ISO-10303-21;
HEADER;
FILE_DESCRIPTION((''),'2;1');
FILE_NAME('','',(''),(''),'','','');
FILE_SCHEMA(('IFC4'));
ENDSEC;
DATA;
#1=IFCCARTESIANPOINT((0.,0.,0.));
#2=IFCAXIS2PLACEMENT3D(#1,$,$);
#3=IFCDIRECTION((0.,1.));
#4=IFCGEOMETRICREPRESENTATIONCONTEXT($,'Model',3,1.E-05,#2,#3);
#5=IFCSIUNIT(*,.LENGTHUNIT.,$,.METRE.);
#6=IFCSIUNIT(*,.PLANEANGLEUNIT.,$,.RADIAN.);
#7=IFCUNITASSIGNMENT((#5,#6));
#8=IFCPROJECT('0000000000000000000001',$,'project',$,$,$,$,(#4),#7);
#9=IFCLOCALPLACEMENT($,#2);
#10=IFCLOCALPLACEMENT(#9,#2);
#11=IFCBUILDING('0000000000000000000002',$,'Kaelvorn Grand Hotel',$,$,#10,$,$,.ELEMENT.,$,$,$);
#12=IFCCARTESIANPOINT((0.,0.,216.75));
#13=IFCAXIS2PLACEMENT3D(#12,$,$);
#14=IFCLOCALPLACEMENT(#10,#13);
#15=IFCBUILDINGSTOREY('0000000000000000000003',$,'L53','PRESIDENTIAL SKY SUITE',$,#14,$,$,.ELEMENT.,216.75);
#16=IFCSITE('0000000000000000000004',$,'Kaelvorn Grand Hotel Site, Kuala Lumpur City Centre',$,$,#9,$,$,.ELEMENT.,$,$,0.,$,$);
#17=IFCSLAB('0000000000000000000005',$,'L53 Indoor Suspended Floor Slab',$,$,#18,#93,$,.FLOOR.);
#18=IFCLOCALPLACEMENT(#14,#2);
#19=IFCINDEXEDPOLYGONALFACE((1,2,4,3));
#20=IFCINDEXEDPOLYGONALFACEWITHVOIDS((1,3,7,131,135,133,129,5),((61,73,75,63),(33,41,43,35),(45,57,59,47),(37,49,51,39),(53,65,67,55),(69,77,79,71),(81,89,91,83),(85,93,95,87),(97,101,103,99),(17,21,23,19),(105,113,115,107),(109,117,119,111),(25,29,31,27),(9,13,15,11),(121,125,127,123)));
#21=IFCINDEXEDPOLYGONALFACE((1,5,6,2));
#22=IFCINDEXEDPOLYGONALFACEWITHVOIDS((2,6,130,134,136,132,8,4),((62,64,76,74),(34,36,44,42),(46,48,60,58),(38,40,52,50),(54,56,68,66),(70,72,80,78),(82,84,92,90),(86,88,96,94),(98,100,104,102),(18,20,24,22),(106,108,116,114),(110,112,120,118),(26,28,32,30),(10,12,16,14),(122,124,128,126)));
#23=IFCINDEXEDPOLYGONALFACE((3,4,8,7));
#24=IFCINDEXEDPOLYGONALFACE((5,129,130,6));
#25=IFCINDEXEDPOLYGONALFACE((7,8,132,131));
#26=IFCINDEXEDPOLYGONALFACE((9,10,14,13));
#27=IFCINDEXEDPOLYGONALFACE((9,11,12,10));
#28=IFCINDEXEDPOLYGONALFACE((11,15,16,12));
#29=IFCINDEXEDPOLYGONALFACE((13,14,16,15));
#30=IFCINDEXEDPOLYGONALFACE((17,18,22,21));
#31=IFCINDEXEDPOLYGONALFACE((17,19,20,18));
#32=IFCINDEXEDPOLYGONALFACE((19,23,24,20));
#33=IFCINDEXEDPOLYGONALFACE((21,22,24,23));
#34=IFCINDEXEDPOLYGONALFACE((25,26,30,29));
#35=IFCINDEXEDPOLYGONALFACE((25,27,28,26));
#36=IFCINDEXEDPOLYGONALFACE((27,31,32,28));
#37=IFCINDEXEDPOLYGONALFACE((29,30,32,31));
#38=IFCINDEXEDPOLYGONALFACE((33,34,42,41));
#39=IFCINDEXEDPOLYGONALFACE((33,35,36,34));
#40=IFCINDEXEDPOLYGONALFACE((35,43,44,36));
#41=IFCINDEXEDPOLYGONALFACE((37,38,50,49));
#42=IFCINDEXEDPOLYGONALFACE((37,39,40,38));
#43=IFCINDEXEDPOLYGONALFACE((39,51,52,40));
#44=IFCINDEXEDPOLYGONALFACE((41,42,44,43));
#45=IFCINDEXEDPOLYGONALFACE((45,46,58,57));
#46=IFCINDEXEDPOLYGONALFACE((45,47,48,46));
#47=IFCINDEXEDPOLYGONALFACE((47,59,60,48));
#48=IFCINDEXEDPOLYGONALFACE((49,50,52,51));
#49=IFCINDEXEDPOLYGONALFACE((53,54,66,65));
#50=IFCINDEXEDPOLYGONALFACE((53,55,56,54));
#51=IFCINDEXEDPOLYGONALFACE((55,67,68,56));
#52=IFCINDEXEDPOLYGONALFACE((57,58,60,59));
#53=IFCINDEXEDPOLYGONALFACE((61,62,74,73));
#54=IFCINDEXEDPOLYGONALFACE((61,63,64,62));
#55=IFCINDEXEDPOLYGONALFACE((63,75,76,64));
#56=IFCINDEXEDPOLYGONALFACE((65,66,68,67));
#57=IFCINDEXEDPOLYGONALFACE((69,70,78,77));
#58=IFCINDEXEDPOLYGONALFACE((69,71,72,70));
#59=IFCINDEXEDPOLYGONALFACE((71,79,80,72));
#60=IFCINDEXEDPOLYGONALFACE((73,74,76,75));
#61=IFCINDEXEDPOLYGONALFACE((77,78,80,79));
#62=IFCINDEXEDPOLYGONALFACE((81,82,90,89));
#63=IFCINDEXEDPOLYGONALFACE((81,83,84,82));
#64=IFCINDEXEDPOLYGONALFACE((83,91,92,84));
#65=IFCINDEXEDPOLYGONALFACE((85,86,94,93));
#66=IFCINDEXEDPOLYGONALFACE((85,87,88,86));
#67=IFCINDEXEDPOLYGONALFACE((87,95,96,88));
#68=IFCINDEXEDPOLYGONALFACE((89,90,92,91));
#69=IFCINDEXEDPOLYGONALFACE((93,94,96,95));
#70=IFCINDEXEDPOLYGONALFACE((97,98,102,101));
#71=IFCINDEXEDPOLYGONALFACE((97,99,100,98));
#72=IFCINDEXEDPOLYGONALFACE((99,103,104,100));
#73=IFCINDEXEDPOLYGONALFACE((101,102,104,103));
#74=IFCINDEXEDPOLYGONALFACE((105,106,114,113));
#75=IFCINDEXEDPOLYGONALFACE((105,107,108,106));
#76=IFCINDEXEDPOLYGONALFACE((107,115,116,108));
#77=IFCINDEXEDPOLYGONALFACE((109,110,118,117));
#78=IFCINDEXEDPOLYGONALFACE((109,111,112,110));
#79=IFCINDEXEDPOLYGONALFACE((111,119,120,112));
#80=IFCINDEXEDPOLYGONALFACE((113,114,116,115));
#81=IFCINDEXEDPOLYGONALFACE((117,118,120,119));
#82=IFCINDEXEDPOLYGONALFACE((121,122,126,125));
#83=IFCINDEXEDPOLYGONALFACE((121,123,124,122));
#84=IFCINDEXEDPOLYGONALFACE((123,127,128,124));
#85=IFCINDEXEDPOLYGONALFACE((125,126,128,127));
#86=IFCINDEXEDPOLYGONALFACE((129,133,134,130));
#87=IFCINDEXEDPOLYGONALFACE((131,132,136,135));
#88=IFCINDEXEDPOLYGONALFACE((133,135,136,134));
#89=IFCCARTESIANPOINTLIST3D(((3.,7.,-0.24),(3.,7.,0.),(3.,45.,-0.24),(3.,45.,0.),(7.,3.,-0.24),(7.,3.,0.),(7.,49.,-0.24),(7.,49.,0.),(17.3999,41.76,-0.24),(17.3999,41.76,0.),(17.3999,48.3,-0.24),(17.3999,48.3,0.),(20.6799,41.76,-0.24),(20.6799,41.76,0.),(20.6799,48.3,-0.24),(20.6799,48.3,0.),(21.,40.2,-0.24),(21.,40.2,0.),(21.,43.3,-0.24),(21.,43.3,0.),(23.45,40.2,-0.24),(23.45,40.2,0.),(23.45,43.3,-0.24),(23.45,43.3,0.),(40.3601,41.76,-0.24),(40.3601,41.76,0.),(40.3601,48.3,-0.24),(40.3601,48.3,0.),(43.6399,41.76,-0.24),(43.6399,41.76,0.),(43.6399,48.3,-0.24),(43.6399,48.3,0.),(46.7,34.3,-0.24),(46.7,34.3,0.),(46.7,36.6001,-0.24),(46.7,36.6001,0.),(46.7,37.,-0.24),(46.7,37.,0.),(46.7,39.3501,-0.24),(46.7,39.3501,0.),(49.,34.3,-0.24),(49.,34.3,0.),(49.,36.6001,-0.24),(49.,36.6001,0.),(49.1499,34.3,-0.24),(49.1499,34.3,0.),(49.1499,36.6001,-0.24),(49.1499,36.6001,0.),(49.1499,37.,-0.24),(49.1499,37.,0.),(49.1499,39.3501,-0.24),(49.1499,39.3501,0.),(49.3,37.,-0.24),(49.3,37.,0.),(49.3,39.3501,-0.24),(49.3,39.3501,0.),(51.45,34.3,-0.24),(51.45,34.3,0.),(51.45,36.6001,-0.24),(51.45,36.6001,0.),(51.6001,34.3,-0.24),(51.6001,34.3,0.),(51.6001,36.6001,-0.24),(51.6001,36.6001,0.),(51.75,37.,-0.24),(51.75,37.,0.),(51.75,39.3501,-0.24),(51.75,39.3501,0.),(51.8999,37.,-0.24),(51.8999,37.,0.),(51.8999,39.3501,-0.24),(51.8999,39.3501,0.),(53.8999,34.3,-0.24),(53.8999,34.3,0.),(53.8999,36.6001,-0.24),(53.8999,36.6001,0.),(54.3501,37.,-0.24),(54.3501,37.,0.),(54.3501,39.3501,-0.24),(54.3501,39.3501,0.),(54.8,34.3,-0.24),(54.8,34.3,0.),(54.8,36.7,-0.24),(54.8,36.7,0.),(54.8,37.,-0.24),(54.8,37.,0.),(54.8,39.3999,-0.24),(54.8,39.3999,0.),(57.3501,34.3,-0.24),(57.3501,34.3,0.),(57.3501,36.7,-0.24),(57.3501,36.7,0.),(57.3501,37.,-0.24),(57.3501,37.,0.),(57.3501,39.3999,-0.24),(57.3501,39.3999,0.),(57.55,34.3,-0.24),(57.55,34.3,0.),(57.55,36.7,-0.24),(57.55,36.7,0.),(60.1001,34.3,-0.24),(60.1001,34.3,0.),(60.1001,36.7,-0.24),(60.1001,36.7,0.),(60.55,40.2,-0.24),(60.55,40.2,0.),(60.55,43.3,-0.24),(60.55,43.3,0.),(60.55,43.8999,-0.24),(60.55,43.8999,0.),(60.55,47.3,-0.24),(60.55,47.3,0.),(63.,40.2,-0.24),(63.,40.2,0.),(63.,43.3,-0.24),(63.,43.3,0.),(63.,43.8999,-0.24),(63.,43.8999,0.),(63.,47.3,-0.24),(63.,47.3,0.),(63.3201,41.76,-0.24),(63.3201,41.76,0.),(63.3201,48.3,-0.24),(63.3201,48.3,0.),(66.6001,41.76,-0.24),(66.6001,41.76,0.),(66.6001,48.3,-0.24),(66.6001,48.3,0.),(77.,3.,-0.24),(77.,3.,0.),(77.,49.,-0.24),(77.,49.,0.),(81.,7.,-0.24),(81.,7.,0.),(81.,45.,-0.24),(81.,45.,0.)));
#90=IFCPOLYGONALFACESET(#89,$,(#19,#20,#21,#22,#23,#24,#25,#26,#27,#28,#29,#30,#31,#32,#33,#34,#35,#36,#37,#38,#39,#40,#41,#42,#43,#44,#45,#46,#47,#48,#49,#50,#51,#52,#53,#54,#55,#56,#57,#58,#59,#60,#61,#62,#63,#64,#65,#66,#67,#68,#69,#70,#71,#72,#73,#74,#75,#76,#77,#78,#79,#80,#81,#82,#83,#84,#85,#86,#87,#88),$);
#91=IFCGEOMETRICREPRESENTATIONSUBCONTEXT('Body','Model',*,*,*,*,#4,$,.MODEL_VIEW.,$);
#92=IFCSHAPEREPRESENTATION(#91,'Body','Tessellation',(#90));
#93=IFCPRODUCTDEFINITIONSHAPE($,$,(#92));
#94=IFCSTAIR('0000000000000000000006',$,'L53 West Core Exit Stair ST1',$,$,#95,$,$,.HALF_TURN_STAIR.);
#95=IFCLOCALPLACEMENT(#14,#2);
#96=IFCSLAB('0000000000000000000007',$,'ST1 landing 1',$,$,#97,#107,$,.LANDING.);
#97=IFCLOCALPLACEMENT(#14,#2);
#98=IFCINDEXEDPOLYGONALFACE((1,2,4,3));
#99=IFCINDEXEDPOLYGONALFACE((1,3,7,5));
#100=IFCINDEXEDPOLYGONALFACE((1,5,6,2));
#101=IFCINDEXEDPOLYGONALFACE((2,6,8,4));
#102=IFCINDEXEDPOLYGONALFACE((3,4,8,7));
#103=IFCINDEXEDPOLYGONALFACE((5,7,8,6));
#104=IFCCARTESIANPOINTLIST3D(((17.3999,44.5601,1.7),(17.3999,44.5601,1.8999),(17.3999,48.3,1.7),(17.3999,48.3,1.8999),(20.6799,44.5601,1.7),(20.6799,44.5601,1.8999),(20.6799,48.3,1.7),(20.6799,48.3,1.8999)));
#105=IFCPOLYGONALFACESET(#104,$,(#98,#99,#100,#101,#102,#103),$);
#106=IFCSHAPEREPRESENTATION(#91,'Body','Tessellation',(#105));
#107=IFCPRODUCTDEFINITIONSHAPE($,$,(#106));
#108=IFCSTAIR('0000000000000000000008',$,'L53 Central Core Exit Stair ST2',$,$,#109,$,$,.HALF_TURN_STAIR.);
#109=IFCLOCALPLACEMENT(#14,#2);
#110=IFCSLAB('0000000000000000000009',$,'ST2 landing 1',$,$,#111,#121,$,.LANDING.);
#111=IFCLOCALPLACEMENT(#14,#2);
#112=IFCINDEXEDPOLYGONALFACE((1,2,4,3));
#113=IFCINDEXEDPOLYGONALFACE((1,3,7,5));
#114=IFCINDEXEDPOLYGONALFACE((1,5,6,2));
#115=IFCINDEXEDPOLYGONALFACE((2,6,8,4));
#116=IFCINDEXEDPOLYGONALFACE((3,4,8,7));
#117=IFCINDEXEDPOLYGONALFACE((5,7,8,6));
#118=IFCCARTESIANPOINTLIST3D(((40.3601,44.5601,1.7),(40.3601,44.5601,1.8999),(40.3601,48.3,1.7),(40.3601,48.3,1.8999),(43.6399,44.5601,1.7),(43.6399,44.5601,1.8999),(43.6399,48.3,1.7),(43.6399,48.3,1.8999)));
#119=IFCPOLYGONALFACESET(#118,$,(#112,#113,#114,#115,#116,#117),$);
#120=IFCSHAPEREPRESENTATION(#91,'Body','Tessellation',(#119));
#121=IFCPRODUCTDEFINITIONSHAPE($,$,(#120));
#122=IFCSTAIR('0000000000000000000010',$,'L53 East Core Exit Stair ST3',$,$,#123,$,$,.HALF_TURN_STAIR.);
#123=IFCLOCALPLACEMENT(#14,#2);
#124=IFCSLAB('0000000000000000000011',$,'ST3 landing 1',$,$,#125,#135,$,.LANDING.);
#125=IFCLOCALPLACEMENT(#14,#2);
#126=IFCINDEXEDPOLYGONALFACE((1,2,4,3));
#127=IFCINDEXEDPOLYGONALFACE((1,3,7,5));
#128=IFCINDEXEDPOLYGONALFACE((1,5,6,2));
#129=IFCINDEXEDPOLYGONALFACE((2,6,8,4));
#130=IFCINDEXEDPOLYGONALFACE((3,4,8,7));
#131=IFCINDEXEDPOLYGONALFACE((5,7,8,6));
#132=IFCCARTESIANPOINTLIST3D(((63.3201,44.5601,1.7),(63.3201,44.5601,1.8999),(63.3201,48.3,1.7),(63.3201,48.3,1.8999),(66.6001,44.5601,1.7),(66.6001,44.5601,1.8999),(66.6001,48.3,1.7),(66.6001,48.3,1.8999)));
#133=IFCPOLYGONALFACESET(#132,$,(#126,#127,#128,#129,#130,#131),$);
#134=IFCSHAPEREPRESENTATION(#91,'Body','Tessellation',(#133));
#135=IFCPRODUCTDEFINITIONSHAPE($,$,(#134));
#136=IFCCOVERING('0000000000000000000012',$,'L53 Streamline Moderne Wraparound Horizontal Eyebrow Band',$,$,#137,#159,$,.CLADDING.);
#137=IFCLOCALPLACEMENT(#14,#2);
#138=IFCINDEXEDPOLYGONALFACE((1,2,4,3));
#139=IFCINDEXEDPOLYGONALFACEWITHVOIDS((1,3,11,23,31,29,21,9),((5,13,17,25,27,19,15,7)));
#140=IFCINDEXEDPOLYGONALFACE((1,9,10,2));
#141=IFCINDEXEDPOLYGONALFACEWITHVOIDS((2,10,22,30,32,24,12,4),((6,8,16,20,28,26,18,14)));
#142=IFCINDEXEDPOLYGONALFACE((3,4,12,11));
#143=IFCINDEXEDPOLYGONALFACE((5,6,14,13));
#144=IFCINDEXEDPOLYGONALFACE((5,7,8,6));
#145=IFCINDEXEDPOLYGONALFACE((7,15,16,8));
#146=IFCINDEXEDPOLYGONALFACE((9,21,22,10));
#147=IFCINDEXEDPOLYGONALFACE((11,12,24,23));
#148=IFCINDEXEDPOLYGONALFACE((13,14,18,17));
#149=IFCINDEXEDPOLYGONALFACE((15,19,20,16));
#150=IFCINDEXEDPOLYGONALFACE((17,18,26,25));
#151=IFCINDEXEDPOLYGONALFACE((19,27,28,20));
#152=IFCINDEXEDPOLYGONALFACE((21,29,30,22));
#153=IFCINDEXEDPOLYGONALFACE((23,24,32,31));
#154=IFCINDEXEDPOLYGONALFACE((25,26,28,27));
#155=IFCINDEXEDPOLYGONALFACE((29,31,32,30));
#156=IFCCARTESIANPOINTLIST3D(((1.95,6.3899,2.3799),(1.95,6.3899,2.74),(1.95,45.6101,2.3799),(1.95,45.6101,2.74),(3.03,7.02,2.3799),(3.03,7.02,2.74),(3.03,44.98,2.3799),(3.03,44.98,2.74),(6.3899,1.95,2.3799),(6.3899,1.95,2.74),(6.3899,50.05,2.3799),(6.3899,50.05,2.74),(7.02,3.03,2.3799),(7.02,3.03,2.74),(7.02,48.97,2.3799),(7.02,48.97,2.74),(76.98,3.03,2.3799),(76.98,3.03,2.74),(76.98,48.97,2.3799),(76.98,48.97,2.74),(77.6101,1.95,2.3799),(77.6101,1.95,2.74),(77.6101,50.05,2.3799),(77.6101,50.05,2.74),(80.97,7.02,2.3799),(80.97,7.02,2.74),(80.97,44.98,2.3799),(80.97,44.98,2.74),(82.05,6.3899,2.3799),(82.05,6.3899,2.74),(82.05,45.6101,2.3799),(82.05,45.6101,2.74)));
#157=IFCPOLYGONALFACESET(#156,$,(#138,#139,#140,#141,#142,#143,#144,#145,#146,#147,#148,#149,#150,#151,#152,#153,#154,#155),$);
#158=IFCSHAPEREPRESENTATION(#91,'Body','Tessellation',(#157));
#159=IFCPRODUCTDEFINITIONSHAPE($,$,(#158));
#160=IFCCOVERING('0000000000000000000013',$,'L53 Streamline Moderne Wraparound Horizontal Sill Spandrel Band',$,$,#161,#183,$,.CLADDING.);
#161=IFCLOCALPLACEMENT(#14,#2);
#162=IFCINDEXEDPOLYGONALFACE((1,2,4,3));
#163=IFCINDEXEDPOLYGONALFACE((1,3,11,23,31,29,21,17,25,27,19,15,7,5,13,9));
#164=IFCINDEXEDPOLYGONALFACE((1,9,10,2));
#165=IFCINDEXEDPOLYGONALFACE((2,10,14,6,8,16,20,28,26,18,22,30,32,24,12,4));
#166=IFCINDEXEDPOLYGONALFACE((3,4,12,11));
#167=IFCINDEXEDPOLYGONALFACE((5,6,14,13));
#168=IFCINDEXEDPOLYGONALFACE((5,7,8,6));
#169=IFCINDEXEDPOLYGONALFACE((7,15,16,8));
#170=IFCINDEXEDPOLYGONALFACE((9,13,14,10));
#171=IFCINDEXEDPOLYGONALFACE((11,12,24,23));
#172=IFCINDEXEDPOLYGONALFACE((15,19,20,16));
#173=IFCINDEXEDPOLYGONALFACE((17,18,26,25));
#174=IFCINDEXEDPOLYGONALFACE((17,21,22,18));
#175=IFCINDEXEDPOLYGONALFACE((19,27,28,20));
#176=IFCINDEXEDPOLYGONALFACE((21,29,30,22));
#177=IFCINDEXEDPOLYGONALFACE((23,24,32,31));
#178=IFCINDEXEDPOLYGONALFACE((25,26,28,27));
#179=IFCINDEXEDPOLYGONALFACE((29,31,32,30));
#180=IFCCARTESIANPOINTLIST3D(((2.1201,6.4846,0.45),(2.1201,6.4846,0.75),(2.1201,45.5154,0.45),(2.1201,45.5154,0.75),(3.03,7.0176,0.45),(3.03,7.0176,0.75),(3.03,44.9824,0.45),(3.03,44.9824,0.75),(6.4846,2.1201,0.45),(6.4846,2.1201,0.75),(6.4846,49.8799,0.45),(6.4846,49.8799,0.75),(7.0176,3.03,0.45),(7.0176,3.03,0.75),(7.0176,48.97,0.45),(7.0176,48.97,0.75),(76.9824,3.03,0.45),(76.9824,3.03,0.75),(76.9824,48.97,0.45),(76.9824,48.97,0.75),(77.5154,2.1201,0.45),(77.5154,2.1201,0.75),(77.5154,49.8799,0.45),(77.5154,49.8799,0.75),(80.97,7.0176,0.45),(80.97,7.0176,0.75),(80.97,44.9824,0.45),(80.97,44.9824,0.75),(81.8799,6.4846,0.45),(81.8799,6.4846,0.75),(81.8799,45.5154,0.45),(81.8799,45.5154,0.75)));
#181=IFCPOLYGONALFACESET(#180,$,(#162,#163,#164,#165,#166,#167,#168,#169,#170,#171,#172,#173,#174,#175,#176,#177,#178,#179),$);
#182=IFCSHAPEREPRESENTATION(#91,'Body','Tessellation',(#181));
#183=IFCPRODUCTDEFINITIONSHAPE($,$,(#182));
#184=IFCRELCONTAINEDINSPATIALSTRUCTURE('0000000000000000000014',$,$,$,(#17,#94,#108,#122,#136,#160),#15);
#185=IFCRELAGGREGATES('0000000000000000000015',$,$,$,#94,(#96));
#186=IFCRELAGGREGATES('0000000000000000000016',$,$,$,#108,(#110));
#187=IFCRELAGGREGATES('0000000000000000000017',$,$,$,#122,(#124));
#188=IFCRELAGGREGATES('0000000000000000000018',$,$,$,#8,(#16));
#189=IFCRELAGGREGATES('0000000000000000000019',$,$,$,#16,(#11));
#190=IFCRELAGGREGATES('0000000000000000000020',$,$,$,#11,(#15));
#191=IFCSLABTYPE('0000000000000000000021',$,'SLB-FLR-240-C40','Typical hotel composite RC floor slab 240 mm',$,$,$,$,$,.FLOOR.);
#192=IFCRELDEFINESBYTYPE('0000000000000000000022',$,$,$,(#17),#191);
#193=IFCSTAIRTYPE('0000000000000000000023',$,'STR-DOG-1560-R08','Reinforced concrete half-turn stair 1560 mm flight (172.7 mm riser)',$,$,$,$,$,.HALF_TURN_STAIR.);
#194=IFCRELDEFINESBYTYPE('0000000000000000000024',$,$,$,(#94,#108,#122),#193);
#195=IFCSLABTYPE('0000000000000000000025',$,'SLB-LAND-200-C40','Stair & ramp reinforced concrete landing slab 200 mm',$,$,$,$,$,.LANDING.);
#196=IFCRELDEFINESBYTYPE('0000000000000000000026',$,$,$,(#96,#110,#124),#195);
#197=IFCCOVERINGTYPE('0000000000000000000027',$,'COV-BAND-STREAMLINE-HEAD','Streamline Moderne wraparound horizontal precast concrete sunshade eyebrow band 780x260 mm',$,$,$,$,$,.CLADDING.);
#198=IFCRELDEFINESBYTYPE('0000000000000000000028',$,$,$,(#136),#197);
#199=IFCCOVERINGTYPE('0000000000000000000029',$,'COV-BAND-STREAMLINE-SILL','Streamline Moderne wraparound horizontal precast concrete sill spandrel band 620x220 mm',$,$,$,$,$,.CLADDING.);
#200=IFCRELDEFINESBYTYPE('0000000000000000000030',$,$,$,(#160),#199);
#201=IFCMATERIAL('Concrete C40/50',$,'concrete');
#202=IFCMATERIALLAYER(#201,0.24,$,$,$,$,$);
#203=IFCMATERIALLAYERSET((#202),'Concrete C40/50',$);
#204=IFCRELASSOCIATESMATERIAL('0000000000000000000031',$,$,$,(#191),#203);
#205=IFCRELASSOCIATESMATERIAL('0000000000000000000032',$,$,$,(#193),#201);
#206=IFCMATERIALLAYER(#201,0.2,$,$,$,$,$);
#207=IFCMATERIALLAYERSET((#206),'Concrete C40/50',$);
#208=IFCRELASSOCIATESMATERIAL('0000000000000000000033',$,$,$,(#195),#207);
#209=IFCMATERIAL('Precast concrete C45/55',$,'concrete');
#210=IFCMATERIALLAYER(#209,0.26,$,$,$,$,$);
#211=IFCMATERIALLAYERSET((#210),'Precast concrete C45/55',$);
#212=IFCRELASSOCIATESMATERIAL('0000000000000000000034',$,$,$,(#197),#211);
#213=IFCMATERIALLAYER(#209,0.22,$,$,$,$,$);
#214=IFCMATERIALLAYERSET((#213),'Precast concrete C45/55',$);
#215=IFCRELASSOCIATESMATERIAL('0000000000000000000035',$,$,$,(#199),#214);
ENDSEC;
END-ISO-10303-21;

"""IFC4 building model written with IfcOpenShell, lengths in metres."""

from ifc_helpers import new_model, si_unit, direction, frame, origin, place, context, subcontext, project, spatial, polyline, outline, extrude, material, layer, layer_set, type_object, element, aggregate, save


model = new_model("IFC4")

# Units and contexts
model_context = context("Model", 3, precision=1e-05, world=origin(), true_north=direction((0.0, 1.0)))
body_context = subcontext(model_context, "Body", "Model", "MODEL_VIEW")
ifc_project = project(units=[si_unit("LENGTHUNIT", "METRE"), si_unit("PLANEANGLEUNIT", "RADIAN")], contexts=[model_context])

# Site, building, storey
site_placement = place(None, origin())
site = spatial("IfcSite", under=ifc_project, at=site_placement, Name="Kaelvorn Grand Hotel Site, Kuala Lumpur City Centre", CompositionType="ELEMENT", RefElevation=0.0)
building_placement = place(site_placement, origin())
building = spatial("IfcBuilding", under=site, at=building_placement, Name="Kaelvorn Grand Hotel", CompositionType="ELEMENT")
storey_placement = place(building_placement, frame((0.0, 0.0, 216.75)))
storey = spatial("IfcBuildingStorey", under=building, at=storey_placement, Name="L53", Description="PRESIDENTIAL SKY SUITE", CompositionType="ELEMENT", Elevation=216.75)

# Slab
ifc_material_1 = material(Name="Concrete C40/50", Category="concrete")
ifc_layer_1 = layer(ifc_material_1, 0.24)
ifc_layer_set_1 = layer_set([ifc_layer_1], Name="Concrete C40/50")
slab_type_1 = type_object("IfcSlabType", Name="SLB-FLR-240-C40", Description="Typical hotel composite RC floor slab 240 mm", PredefinedType="FLOOR", material=ifc_layer_set_1)
slab_1_placement = place(storey_placement, frame((0.0, 0.0, -0.24)))
element("IfcSlab", 1, at=slab_1_placement, inside=storey, type_object=slab_type_1, Name="L53 Indoor Suspended Floor Slab", PredefinedType="FLOOR", context=body_context, shape_type="SweptSolid", body=[
    extrude(outline(polyline([(7.0, 3.0), (77.0, 3.0), (81.0, 7.0), (81.0, 45.0), (77.0, 49.0), (7.0, 49.0), (3.0, 45.0), (3.0, 7.0), (7.0, 3.0)]), holes=[polyline([(17.3999, 41.76), (17.3999, 48.3), (20.6799, 48.3), (20.6799, 41.76), (17.3999, 41.76)]), polyline([(40.3601, 41.76), (40.3601, 48.3), (43.6399, 48.3), (43.6399, 41.76), (40.3601, 41.76)]), polyline([(63.3201, 41.76), (63.3201, 48.3), (66.6001, 48.3), (66.6001, 41.76), (63.3201, 41.76)]), polyline([(46.7, 34.3), (46.7, 36.6001), (49.0, 36.6001), (49.0, 34.3), (46.7, 34.3)]), polyline([(49.1499, 34.3), (49.1499, 36.6001), (51.45, 36.6001), (51.45, 34.3), (49.1499, 34.3)]), polyline([(51.6001, 34.3), (51.6001, 36.6001), (53.8999, 36.6001), (53.8999, 34.3), (51.6001, 34.3)]), polyline([(46.7, 37.0), (46.7, 39.3501), (49.1499, 39.3501), (49.1499, 37.0), (46.7, 37.0)]), polyline([(49.3, 37.0), (49.3, 39.3501), (51.75, 39.3501), (51.75, 37.0), (49.3, 37.0)]), polyline([(51.8999, 37.0), (51.8999, 39.3501), (54.3501, 39.3501), (54.3501, 37.0), (51.8999, 37.0)]), polyline([(54.8, 34.3), (54.8, 36.7), (57.3501, 36.7), (57.3501, 34.3), (54.8, 34.3)]), polyline([(57.55, 34.3), (57.55, 36.7), (60.1001, 36.7), (60.1001, 34.3), (57.55, 34.3)]), polyline([(54.8, 37.0), (54.8, 39.3999), (57.3501, 39.3999), (57.3501, 37.0), (54.8, 37.0)]), polyline([(21.0, 40.2), (21.0, 43.3), (23.45, 43.3), (23.45, 40.2), (21.0, 40.2)]), polyline([(60.55, 40.2), (60.55, 43.3), (63.0, 43.3), (63.0, 40.2), (60.55, 40.2)]), polyline([(60.55, 43.8999), (60.55, 47.3), (63.0, 47.3), (63.0, 43.8999), (60.55, 43.8999)])]), origin(), (0.0, 0.0, 1.0), 0.24),
])

# Stairs, slabs
stair_type = type_object("IfcStairType", Name="STR-DOG-1560-R08", Description="Reinforced concrete half-turn stair 1560 mm flight (172.7 mm riser)", PredefinedType="HALF_TURN_STAIR", material=ifc_material_1)
stair_1_placement = place(storey_placement, origin())
stair_1 = element("IfcStair", 2, at=stair_1_placement, inside=storey, type_object=stair_type, Name="L53 West Core Exit Stair ST1", PredefinedType="HALF_TURN_STAIR")
ifc_layer_2 = layer(ifc_material_1, 0.2)
ifc_layer_set_2 = layer_set([ifc_layer_2], Name="Concrete C40/50")
slab_type_2 = type_object("IfcSlabType", Name="SLB-LAND-200-C40", Description="Stair & ramp reinforced concrete landing slab 200 mm", PredefinedType="LANDING", material=ifc_layer_set_2)
slab_2_placement = place(storey_placement, frame((0.0, 0.0, 1.7)))
slab_2 = element("IfcSlab", 3, at=slab_2_placement, type_object=slab_type_2, Name="ST1 landing 1", PredefinedType="LANDING", context=body_context, shape_type="SweptSolid", body=[
    extrude(outline(polyline([(20.6799, 44.5601), (20.6799, 48.3), (17.3999, 48.3), (17.3999, 44.5601), (20.6799, 44.5601)])), origin(), (0.0, 0.0, 1.0), 0.2),
])
aggregate(stair_1, [slab_2])
stair_2_placement = place(storey_placement, origin())
stair_2 = element("IfcStair", 4, at=stair_2_placement, inside=storey, type_object=stair_type, Name="L53 Central Core Exit Stair ST2", PredefinedType="HALF_TURN_STAIR")
slab_3_placement = place(storey_placement, frame((0.0, 0.0, 1.7)))
slab_3 = element("IfcSlab", 5, at=slab_3_placement, type_object=slab_type_2, Name="ST2 landing 1", PredefinedType="LANDING", context=body_context, shape_type="SweptSolid", body=[
    extrude(outline(polyline([(43.6399, 44.5601), (43.6399, 48.3), (40.3601, 48.3), (40.3601, 44.5601), (43.6399, 44.5601)])), origin(), (0.0, 0.0, 1.0), 0.2),
])
aggregate(stair_2, [slab_3])
stair_3_placement = place(storey_placement, origin())
stair_3 = element("IfcStair", 6, at=stair_3_placement, inside=storey, type_object=stair_type, Name="L53 East Core Exit Stair ST3", PredefinedType="HALF_TURN_STAIR")
slab_4_placement = place(storey_placement, frame((0.0, 0.0, 1.7)))
slab_4 = element("IfcSlab", 7, at=slab_4_placement, type_object=slab_type_2, Name="ST3 landing 1", PredefinedType="LANDING", context=body_context, shape_type="SweptSolid", body=[
    extrude(outline(polyline([(66.6001, 44.5601), (66.6001, 48.3), (63.3201, 48.3), (63.3201, 44.5601), (66.6001, 44.5601)])), origin(), (0.0, 0.0, 1.0), 0.2),
])
aggregate(stair_3, [slab_4])

# Coverings
ifc_material_2 = material(Name="Precast concrete C45/55", Category="concrete")
ifc_layer_3 = layer(ifc_material_2, 0.26)
ifc_layer_set_3 = layer_set([ifc_layer_3], Name="Precast concrete C45/55")
covering_type_1 = type_object("IfcCoveringType", Name="COV-BAND-STREAMLINE-HEAD", Description="Streamline Moderne wraparound horizontal precast concrete sunshade eyebrow band 780x260 mm", PredefinedType="CLADDING", material=ifc_layer_set_3)
covering_1_placement = place(storey_placement, frame((0.0, 0.0, 2.3799)))
element("IfcCovering", 8, at=covering_1_placement, inside=storey, type_object=covering_type_1, Name="L53 Streamline Moderne Wraparound Horizontal Eyebrow Band", PredefinedType="CLADDING", context=body_context, shape_type="SweptSolid", body=[
    extrude(outline(polyline([(6.3899, 1.95), (77.6101, 1.95), (82.05, 6.3899), (82.05, 45.6101), (77.6101, 50.05), (6.3899, 50.05), (1.95, 45.6101), (1.95, 6.3899), (6.3899, 1.95)]), holes=[polyline([(7.02, 3.03), (76.98, 3.03), (80.97, 7.02), (80.97, 44.98), (76.98, 48.97), (7.02, 48.97), (3.03, 44.98), (3.03, 7.02), (7.02, 3.03)])]), origin(), (0.0, 0.0, 1.0), 0.3601),
])
ifc_layer_4 = layer(ifc_material_2, 0.22)
ifc_layer_set_4 = layer_set([ifc_layer_4], Name="Precast concrete C45/55")
covering_type_2 = type_object("IfcCoveringType", Name="COV-BAND-STREAMLINE-SILL", Description="Streamline Moderne wraparound horizontal precast concrete sill spandrel band 620x220 mm", PredefinedType="CLADDING", material=ifc_layer_set_4)
covering_2_placement = place(storey_placement, frame((0.0, 0.0, 0.45)))
element("IfcCovering", 9, at=covering_2_placement, inside=storey, type_object=covering_type_2, Name="L53 Streamline Moderne Wraparound Horizontal Sill Spandrel Band", PredefinedType="CLADDING", context=body_context, shape_type="SweptSolid", body=[
    extrude(outline(polyline([(77.5154, 2.1201), (81.8799, 6.4846), (81.8799, 45.5154), (77.5154, 49.8799), (6.4846, 49.8799), (2.1201, 45.5154), (2.1201, 6.4846), (6.4846, 2.1201), (7.0176, 3.03), (3.03, 7.0176), (3.03, 44.9824), (7.0176, 48.97), (76.9824, 48.97), (80.97, 44.9824), (80.97, 7.0176), (76.9824, 3.03), (77.5154, 2.1201)])), origin(), (0.0, 0.0, 1.0), 0.3),
])

save(model, "model.ifc")
